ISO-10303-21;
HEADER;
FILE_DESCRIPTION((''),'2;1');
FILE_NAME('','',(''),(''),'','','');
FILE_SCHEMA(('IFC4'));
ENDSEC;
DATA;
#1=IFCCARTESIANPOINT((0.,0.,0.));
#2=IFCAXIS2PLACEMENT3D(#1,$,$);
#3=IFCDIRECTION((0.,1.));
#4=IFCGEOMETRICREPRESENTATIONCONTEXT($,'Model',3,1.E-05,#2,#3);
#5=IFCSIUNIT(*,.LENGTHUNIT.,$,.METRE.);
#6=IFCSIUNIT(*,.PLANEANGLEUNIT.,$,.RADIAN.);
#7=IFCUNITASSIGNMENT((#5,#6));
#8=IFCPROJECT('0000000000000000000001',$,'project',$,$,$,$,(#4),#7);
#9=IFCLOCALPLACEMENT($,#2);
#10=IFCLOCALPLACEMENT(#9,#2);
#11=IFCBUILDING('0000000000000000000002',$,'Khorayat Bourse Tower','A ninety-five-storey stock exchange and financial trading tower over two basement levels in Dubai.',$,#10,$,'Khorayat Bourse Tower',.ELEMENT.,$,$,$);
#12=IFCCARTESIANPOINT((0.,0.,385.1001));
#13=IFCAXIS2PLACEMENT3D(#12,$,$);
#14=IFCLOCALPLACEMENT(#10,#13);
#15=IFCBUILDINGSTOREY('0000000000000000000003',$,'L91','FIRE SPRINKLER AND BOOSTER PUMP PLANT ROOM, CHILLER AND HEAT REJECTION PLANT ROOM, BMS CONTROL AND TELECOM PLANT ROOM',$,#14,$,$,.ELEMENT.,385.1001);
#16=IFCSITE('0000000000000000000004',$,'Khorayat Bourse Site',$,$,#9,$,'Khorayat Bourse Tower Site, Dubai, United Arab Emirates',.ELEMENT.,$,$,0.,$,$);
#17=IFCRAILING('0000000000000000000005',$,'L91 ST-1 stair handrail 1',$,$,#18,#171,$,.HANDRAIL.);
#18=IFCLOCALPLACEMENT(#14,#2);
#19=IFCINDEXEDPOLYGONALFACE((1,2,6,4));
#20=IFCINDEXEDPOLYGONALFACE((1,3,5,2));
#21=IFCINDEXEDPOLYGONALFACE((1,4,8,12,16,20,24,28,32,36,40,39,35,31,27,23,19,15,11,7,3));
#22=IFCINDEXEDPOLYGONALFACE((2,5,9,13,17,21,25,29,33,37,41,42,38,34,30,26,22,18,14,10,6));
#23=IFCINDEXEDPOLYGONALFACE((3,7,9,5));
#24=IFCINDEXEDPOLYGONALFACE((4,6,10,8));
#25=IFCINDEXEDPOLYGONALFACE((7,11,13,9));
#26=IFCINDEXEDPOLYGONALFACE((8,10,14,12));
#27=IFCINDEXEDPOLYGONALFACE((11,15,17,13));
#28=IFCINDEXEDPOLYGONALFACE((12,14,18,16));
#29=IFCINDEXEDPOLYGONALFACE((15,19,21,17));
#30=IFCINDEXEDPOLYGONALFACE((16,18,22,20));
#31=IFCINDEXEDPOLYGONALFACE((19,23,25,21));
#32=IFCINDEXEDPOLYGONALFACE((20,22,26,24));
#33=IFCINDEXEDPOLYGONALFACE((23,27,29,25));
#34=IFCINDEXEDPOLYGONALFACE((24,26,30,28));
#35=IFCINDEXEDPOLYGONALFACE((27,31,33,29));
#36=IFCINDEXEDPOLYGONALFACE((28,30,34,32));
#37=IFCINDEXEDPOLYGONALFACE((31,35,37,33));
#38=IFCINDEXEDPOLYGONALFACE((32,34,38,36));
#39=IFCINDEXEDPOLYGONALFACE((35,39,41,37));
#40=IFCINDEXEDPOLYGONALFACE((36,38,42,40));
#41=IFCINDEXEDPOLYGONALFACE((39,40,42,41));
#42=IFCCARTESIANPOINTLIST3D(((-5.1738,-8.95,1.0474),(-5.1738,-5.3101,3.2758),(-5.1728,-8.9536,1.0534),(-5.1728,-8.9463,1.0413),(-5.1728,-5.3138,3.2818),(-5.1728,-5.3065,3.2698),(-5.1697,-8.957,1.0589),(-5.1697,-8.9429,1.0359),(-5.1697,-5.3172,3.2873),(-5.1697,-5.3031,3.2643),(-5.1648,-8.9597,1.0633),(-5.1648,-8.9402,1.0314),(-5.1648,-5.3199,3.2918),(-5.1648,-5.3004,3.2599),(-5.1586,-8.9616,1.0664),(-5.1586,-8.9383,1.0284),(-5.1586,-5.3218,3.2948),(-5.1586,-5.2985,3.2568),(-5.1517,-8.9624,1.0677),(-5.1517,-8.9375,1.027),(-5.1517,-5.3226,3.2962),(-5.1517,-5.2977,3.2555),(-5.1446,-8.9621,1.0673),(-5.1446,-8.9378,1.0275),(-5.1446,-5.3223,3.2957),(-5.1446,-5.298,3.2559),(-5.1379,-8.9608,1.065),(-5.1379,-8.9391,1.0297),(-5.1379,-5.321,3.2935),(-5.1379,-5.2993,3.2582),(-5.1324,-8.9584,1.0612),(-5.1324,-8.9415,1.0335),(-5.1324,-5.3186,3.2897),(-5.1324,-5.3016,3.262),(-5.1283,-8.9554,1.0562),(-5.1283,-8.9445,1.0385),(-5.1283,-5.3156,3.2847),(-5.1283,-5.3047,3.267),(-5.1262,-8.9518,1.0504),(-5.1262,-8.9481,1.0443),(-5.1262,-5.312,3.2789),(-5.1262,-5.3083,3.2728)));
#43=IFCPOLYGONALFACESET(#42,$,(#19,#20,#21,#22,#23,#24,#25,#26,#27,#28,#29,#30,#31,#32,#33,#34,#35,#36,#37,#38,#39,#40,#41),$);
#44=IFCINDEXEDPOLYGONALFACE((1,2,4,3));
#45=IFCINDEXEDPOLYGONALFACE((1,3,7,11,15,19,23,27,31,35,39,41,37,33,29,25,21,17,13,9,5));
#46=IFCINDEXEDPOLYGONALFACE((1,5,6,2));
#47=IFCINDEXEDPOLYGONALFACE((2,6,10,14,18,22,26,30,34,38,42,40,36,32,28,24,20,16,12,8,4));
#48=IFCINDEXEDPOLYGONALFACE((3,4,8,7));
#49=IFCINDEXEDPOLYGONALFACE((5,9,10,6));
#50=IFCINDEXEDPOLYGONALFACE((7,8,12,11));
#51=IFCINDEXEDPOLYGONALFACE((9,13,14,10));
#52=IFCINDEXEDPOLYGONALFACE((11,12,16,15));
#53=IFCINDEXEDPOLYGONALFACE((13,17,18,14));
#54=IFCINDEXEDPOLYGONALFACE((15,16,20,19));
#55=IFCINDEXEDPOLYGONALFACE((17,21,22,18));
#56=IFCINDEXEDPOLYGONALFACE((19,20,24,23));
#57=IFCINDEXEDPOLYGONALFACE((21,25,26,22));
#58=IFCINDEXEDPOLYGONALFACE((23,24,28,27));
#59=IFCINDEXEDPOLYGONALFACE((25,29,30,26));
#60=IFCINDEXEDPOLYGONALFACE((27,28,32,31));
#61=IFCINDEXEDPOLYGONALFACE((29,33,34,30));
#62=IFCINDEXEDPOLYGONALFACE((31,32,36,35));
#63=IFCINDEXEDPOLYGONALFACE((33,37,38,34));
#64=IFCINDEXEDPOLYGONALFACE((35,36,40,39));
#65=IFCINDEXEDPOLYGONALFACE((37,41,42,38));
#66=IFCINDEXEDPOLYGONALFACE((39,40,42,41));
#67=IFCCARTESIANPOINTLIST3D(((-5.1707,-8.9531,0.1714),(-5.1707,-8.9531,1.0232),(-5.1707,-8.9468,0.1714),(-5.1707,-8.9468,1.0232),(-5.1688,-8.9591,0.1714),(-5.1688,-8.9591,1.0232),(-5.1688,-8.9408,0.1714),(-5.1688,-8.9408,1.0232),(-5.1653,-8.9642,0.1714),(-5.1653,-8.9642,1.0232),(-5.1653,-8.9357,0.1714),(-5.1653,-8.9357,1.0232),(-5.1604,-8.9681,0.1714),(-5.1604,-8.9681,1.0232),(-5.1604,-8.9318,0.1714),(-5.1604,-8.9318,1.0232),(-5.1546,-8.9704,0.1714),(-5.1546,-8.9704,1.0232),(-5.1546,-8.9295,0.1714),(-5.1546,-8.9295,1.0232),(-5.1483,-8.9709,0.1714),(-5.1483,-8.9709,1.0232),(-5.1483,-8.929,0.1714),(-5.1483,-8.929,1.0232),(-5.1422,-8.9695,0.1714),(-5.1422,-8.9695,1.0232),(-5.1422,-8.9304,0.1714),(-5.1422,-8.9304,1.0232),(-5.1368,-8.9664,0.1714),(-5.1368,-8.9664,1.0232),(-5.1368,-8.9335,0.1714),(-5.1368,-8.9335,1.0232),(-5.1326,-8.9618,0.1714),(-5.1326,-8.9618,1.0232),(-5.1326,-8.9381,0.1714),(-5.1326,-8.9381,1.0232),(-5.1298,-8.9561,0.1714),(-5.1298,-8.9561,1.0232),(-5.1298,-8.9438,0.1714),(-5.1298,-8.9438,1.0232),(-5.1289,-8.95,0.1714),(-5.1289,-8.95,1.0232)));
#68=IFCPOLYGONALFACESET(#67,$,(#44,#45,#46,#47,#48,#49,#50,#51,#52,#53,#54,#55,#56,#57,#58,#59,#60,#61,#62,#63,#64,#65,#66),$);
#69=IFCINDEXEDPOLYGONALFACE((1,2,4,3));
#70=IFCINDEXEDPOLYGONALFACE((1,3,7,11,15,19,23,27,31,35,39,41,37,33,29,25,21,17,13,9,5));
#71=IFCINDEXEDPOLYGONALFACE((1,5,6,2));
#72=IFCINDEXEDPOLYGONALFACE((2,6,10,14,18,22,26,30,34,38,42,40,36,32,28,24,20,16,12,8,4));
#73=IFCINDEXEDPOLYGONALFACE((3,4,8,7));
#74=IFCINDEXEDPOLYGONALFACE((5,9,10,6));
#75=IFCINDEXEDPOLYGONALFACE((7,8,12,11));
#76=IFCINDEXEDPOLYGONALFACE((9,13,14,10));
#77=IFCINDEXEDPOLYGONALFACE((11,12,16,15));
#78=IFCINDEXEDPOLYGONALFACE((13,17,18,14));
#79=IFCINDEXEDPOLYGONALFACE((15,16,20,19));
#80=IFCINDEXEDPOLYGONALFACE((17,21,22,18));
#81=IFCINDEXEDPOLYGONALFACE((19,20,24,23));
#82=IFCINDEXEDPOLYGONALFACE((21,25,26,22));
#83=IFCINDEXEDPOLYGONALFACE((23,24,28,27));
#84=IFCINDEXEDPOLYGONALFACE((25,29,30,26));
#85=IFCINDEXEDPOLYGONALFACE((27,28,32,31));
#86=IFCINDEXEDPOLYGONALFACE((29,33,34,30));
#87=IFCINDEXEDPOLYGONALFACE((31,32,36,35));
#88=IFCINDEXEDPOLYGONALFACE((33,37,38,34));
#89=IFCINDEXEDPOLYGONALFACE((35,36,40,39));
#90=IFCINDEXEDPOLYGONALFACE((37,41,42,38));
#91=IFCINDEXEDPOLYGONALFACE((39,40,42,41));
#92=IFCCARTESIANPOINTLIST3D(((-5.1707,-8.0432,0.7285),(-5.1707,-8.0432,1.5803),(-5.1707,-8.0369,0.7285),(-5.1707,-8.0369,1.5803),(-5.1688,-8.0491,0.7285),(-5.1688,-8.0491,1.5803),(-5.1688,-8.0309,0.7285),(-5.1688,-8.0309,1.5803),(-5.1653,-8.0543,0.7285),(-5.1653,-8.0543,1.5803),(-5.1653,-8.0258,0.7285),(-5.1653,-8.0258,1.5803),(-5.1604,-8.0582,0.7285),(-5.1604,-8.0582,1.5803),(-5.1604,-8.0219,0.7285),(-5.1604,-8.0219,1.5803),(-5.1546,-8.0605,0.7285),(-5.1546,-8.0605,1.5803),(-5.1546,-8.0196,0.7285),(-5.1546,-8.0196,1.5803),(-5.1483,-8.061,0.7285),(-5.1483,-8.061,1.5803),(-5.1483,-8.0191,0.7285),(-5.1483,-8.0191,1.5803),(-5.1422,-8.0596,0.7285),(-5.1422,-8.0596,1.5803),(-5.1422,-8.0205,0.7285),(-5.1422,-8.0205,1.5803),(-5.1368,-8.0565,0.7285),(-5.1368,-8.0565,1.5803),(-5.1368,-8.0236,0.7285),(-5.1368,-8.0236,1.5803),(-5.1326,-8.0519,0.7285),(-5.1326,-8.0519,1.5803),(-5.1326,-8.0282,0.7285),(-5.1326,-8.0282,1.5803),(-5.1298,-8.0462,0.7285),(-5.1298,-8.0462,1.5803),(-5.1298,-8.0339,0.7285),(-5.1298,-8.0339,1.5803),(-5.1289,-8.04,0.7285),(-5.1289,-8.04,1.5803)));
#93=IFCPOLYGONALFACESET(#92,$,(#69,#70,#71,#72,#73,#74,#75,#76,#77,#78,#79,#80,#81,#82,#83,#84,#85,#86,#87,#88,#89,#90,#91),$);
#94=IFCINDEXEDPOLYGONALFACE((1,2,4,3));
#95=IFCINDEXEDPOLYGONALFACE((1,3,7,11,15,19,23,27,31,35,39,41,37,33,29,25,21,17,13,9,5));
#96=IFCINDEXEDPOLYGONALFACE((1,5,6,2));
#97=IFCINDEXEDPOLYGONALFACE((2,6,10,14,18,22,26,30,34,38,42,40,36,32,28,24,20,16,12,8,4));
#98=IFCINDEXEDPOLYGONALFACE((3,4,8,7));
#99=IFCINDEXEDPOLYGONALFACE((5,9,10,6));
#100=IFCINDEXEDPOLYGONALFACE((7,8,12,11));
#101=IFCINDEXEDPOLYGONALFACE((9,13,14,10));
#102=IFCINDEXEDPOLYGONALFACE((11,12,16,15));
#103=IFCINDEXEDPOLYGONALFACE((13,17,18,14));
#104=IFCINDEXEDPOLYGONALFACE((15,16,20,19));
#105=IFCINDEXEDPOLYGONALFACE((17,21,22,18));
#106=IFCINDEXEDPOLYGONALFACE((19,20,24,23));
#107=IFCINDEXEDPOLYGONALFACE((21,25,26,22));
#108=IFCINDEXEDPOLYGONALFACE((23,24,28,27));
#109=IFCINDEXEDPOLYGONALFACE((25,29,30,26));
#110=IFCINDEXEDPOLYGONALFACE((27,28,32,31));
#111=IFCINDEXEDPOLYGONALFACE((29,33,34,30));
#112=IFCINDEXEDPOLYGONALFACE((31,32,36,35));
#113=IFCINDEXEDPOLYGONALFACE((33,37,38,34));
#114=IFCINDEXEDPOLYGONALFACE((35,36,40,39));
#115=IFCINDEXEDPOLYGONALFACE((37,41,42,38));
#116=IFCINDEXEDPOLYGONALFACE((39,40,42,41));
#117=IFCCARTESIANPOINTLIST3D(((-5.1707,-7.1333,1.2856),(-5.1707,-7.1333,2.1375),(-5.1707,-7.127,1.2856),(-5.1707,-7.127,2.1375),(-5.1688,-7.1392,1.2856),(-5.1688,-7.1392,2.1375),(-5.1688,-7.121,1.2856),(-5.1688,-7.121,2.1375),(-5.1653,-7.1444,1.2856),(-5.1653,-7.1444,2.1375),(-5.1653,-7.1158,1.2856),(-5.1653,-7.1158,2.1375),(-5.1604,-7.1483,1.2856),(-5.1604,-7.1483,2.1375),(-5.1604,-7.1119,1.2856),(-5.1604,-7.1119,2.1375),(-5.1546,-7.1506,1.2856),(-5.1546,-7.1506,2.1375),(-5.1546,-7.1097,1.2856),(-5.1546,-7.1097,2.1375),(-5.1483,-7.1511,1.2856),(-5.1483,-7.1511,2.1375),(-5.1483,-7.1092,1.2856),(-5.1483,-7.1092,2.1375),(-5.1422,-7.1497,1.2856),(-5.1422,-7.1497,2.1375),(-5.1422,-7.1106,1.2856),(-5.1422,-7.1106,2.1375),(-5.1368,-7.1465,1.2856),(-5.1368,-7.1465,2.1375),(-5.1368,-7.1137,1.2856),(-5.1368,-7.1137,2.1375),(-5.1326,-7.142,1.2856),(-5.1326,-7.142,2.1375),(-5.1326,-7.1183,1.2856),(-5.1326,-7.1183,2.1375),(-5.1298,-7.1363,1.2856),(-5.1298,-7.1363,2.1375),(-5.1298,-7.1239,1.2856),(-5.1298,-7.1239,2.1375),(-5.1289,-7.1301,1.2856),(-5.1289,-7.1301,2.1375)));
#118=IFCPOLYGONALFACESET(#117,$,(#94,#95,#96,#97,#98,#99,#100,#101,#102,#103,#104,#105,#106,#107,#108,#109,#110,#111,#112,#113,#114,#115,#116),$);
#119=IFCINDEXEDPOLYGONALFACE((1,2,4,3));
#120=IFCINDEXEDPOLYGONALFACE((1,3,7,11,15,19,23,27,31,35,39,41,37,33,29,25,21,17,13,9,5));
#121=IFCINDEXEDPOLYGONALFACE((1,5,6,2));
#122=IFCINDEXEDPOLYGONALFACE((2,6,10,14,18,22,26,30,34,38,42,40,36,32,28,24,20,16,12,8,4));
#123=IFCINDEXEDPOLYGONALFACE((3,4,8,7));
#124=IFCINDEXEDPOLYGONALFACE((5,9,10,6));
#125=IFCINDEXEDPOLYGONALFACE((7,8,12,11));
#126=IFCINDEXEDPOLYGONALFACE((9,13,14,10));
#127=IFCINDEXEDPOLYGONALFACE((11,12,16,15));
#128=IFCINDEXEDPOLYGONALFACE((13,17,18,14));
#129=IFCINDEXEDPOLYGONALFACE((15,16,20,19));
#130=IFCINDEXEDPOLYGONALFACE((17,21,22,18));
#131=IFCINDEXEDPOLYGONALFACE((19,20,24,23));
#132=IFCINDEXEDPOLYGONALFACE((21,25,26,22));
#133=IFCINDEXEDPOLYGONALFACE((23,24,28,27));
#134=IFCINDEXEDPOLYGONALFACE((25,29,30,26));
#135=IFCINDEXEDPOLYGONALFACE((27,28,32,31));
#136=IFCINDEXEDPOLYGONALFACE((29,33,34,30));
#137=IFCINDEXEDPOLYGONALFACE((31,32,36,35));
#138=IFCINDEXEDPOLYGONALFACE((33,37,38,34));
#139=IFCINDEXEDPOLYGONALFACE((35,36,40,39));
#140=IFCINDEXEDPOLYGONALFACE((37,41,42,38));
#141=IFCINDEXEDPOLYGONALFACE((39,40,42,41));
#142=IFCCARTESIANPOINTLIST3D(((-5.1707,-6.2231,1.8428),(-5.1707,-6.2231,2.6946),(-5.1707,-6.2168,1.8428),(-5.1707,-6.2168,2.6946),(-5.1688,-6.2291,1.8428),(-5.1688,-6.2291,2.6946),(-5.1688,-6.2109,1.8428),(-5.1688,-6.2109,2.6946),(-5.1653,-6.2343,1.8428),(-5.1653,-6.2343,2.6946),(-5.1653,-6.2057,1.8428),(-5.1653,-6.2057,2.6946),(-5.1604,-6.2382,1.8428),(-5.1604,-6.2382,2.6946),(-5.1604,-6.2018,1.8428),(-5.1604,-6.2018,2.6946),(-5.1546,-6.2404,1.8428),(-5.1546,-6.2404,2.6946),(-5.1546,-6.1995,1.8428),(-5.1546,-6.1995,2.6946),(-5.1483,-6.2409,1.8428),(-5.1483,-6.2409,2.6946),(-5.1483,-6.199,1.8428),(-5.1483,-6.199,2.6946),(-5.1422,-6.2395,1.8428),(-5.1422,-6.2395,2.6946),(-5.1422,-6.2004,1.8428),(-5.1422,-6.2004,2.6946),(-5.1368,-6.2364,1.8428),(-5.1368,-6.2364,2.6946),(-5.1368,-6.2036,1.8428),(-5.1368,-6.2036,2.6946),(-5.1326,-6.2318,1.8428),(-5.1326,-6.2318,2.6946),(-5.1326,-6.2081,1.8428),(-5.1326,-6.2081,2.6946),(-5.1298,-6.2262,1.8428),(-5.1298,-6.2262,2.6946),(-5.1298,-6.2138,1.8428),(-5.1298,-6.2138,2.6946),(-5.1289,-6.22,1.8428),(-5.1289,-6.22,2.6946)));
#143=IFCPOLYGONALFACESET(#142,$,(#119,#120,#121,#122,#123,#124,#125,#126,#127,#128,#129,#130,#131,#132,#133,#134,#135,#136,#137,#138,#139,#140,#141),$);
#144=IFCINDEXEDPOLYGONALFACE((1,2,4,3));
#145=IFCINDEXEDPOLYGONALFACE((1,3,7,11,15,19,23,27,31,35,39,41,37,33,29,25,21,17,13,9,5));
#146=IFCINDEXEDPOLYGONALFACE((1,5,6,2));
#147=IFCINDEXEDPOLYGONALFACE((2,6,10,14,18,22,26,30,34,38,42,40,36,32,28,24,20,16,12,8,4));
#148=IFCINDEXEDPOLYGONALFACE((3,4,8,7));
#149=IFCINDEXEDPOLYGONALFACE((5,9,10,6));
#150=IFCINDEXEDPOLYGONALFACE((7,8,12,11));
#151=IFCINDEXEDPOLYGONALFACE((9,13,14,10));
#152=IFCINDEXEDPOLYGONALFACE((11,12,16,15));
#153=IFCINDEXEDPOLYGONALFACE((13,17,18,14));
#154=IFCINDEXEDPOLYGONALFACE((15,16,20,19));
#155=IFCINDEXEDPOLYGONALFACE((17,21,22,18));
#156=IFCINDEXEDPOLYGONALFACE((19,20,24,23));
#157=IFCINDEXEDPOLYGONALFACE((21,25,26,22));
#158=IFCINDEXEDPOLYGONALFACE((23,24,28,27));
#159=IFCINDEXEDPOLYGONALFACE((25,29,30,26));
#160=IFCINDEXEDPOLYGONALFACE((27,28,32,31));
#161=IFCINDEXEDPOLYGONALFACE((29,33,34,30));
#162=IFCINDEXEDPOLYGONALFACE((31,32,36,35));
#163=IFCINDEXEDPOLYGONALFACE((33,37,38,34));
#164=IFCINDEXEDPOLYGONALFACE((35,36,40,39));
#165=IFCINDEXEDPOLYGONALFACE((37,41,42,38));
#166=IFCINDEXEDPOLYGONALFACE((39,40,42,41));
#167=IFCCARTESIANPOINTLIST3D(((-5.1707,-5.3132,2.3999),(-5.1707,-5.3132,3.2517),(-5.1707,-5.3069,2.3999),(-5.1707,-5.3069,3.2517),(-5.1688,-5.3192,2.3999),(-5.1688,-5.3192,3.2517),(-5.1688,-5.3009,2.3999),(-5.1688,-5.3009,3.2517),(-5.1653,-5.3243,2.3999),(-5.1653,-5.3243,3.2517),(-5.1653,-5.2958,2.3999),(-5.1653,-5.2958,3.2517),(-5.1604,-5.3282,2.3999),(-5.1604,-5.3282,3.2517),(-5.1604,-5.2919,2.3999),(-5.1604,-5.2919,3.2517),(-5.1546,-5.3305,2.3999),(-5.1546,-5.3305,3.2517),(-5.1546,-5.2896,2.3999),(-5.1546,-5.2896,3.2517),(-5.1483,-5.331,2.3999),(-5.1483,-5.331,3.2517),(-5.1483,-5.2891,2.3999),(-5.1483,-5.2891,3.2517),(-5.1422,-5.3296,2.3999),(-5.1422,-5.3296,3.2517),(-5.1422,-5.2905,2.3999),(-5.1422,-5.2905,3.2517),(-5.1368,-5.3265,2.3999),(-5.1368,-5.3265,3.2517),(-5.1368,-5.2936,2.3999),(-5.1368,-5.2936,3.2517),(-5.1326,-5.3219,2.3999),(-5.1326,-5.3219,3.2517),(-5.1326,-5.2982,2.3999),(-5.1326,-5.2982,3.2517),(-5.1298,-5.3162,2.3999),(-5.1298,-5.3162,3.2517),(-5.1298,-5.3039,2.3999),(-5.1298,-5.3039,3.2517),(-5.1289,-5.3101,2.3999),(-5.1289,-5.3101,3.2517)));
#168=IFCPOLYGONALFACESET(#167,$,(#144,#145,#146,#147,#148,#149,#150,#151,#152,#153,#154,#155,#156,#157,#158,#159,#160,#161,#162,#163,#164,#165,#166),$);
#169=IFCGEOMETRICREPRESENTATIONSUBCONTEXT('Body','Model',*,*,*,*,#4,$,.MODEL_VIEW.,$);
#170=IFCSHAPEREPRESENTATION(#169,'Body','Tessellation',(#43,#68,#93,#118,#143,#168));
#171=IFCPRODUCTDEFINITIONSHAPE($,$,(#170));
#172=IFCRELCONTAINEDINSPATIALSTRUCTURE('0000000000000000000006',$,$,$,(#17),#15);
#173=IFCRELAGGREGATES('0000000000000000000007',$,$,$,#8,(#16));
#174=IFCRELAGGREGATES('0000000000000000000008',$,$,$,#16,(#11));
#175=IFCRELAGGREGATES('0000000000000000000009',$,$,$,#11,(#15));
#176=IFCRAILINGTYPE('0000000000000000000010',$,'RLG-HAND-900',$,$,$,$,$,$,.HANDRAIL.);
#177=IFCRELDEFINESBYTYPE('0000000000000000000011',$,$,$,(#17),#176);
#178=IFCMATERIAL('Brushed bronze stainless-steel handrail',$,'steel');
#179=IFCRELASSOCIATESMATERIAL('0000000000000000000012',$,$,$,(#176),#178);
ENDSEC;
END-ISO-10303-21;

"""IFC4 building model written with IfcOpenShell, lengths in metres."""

from ifc_helpers import new_model, si_unit, direction, frame, origin, origin_2d, place, context, subcontext, project, spatial, circle, extrude, source, transform, mapped, material, type_object, element, save


model = new_model("IFC4")

# Units and contexts
model_context = context("Model", 3, precision=1e-05, world=origin(), true_north=direction((0.0, 1.0)))
body_context = subcontext(model_context, "Body", "Model", "MODEL_VIEW")
ifc_project = project(units=[si_unit("LENGTHUNIT", "METRE"), si_unit("PLANEANGLEUNIT", "RADIAN")], contexts=[model_context])

# Site, building, storey
site_placement = place(None, origin())
site = spatial("IfcSite", under=ifc_project, at=site_placement, Name="Khorayat Bourse Site", LongName="Khorayat Bourse Tower Site, Dubai, United Arab Emirates", CompositionType="ELEMENT", RefElevation=0.0)
building_placement = place(site_placement, origin())
building = spatial("IfcBuilding", under=site, at=building_placement, Name="Khorayat Bourse Tower", Description="A ninety-five-storey stock exchange and financial trading tower over two basement levels in Dubai.", LongName="Khorayat Bourse Tower", CompositionType="ELEMENT")
storey_placement = place(building_placement, frame((0.0, 0.0, 385.1001)))
storey = spatial("IfcBuildingStorey", under=building, at=storey_placement, Name="L91", Description="FIRE SPRINKLER AND BOOSTER PUMP PLANT ROOM, CHILLER AND HEAT REJECTION PLANT ROOM, BMS CONTROL AND TELECOM PLANT ROOM", CompositionType="ELEMENT", Elevation=385.1001)

# Railing
ifc_material_1 = material(Name="Brushed bronze stainless-steel handrail", Category="steel")
railing_type_1 = type_object("IfcRailingType", Name="RLG-HAND-900", PredefinedType="HANDRAIL", material=ifc_material_1)
shared_shape_1 = source(origin(), body_context, "Body", "SweptSolid", [
    extrude(circle(Radius=0.0239, at=origin_2d()), frame((0.0, 0.0, 0.876), z_axis=(0.0, 0.85285, 0.522156), x_axis=(-1.0, 0.0, 0.0)), (0.0, 0.0, 1.0), 4.2678),
    extrude(circle(Radius=0.021, at=origin_2d()), origin(), (0.0, 0.0, 1.0), 0.8518),
    extrude(circle(Radius=0.021, at=origin_2d()), frame((0.0, 0.9099, 0.5571)), (0.0, 0.0, 1.0), 0.8518),
    extrude(circle(Radius=0.021, at=origin_2d()), frame((0.0, 1.8198, 1.1143)), (0.0, 0.0, 1.0), 0.8518),
    extrude(circle(Radius=0.021, at=origin_2d()), frame((0.0, 2.73, 1.6714)), (0.0, 0.0, 1.0), 0.8518),
    extrude(circle(Radius=0.021, at=origin_2d()), frame((0.0, 3.6399, 2.2285)), (0.0, 0.0, 1.0), 0.8518),
])
railing_1_placement = place(storey_placement, frame((-5.1499, -8.95, 0.1714)))
element("IfcRailing", 1, at=railing_1_placement, inside=storey, type_object=railing_type_1, Name="L91 ST-1 stair handrail 1", PredefinedType="HANDRAIL", context=body_context, shape_type="MappedRepresentation", body=[
    mapped(shared_shape_1, transform((0.0, 0.0, 0.0), scale=1.0)),
])

save(model, "model.ifc")
